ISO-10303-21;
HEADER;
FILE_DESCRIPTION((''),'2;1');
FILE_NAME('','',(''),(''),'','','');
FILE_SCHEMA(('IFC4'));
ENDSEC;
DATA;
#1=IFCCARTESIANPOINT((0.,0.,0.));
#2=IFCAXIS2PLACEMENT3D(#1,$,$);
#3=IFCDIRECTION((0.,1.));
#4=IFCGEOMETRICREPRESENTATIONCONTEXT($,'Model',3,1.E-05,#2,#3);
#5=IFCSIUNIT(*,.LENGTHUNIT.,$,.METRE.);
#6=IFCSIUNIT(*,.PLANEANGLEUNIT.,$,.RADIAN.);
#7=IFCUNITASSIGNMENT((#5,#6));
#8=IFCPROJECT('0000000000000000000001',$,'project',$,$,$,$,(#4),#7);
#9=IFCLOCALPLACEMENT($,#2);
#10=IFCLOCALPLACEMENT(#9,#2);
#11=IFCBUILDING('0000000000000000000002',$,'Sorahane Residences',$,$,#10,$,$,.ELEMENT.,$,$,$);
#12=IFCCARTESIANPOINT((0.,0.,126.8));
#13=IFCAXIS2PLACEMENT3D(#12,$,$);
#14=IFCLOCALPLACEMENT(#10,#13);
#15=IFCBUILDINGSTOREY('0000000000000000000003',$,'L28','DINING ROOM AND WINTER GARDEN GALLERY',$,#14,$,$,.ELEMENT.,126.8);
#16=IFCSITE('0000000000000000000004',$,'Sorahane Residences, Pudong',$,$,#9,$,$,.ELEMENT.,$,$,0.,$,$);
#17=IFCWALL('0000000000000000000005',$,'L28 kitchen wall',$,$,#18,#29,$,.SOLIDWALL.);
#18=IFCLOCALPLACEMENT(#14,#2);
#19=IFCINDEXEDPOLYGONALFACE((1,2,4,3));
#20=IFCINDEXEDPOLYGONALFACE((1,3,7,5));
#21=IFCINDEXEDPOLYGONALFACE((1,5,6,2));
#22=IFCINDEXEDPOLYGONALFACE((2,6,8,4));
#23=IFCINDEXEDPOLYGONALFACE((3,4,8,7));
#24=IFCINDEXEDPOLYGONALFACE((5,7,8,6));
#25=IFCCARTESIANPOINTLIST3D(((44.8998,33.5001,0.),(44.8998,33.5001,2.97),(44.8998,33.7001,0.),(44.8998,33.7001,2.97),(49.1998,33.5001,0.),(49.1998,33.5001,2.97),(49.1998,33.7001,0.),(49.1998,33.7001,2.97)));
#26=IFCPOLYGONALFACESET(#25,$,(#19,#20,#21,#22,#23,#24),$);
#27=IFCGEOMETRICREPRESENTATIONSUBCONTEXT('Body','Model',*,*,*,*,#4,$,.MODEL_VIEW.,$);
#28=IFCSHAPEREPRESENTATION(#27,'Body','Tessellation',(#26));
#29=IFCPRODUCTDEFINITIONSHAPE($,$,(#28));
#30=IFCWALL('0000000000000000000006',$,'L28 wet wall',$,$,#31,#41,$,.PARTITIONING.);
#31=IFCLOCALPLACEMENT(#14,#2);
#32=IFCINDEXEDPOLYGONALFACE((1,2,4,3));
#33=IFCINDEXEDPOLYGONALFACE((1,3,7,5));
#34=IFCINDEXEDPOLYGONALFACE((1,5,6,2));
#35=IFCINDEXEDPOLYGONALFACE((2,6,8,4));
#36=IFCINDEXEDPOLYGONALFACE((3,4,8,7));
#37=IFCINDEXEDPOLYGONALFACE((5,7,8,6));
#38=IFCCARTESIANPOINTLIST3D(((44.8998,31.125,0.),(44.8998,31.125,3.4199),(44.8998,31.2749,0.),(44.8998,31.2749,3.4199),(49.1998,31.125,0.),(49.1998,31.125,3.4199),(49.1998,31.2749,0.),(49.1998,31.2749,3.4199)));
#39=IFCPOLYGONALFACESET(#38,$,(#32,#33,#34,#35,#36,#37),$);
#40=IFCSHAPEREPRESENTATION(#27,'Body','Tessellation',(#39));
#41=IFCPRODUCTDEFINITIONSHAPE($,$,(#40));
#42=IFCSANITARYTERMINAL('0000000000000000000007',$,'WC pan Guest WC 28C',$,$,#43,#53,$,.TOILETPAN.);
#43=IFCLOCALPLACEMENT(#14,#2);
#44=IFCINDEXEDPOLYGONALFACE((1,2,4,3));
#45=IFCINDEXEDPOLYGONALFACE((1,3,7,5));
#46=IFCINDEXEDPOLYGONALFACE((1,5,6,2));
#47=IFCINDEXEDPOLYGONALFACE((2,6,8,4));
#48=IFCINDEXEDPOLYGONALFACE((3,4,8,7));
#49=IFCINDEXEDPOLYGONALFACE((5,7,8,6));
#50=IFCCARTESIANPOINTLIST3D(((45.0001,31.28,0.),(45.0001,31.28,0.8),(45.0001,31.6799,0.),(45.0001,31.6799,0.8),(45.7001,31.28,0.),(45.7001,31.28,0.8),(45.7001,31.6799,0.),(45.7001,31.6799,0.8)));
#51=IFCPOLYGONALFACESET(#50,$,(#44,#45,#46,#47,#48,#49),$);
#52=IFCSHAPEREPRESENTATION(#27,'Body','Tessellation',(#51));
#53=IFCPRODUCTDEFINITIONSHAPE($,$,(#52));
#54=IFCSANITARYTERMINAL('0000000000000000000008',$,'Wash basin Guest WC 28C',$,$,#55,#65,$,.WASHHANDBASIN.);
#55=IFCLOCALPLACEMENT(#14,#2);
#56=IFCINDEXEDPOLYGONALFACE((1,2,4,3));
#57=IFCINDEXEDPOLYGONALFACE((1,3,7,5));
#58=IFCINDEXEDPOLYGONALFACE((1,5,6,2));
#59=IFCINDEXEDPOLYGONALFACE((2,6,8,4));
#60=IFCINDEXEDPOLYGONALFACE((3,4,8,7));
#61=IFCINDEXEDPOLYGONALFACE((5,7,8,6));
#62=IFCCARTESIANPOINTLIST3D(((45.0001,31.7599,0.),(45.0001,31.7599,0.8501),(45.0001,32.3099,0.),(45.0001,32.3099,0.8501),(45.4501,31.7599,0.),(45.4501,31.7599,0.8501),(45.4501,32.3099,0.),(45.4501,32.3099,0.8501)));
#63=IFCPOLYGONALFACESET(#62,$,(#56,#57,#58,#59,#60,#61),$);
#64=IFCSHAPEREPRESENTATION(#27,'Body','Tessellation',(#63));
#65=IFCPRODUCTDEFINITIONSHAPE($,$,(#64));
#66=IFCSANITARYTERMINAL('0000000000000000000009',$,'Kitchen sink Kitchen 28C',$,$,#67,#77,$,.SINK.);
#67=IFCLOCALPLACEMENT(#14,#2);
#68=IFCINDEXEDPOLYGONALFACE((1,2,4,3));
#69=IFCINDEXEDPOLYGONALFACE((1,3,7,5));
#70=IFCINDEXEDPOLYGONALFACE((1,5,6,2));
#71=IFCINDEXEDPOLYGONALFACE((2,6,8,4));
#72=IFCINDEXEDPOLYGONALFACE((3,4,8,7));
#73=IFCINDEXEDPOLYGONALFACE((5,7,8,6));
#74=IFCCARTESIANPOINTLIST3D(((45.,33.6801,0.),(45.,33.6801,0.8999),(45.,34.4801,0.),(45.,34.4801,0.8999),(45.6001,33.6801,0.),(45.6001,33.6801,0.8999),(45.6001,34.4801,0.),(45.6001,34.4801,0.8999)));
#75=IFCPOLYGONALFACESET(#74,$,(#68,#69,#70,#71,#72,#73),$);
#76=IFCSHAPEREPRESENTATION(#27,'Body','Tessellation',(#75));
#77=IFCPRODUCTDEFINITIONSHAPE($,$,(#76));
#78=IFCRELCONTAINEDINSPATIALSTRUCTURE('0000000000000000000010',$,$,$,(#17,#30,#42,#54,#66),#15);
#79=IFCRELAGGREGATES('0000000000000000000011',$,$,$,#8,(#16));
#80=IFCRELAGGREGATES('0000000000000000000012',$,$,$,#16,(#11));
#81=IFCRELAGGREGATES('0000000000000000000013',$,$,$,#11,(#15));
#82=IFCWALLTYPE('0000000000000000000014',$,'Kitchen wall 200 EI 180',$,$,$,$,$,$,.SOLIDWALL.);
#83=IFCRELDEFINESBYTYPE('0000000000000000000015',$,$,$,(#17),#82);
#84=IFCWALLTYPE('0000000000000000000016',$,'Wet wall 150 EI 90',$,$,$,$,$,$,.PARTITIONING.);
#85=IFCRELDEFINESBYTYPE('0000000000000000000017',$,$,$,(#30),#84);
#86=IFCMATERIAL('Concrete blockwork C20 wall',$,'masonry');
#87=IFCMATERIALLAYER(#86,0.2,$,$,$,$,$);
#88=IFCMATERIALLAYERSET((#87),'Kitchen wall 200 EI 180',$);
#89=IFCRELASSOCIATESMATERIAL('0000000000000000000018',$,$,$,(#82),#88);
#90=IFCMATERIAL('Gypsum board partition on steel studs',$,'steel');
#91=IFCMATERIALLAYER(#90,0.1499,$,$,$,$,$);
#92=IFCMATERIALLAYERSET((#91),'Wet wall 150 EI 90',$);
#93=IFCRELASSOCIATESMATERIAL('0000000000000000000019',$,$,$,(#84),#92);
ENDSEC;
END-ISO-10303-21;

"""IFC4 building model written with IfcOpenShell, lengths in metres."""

from ifc_helpers import new_model, si_unit, direction, frame, frame_2d, origin, origin_2d, place, context, subcontext, project, spatial, rectangle, extrude, material, layer, layer_set, type_object, element, save


model = new_model("IFC4")

# Units and contexts
model_context = context("Model", 3, precision=1e-05, world=origin(), true_north=direction((0.0, 1.0)))
body_context = subcontext(model_context, "Body", "Model", "MODEL_VIEW")
ifc_project = project(units=[si_unit("LENGTHUNIT", "METRE"), si_unit("PLANEANGLEUNIT", "RADIAN")], contexts=[model_context])

# Site, building, storey
site_placement = place(None, origin())
site = spatial("IfcSite", under=ifc_project, at=site_placement, Name="Sorahane Residences, Pudong", CompositionType="ELEMENT", RefElevation=0.0)
building_placement = place(site_placement, origin())
building = spatial("IfcBuilding", under=site, at=building_placement, Name="Sorahane Residences", CompositionType="ELEMENT")
storey_placement = place(building_placement, frame((0.0, 0.0, 126.8)))
storey = spatial("IfcBuildingStorey", under=building, at=storey_placement, Name="L28", Description="DINING ROOM AND WINTER GARDEN GALLERY", CompositionType="ELEMENT", Elevation=126.8)

# Shared definitions
ifc_material_1 = material(Name="Concrete blockwork C20 wall", Category="masonry")
ifc_layer_1 = layer(ifc_material_1, 0.2)
ifc_layer_set_1 = layer_set([ifc_layer_1], Name="Kitchen wall 200 EI 180")
wall_type_1 = type_object("IfcWallType", Name="Kitchen wall 200 EI 180", PredefinedType="SOLIDWALL", material=ifc_layer_set_1)

# Wall
wall_1_placement = place(storey_placement, frame((44.8999, 33.6001, 0.0), z_axis=(0.0, 0.0, 1.0), x_axis=(1.0, 0.0, 0.0)))
element("IfcWall", 1, at=wall_1_placement, inside=storey, type_object=wall_type_1, Name="L28 kitchen wall", PredefinedType="SOLIDWALL", context=body_context, shape_type="SweptSolid", body=[
    extrude(rectangle(XDim=4.3, YDim=0.2, at=frame_2d((2.1499, 0.0))), origin(), (0.0, 0.0, 1.0), 2.97),
])

# Shared definitions
ifc_material_2 = material(Name="Gypsum board partition on steel studs", Category="steel")
ifc_layer_2 = layer(ifc_material_2, 0.1499)
ifc_layer_set_2 = layer_set([ifc_layer_2], Name="Wet wall 150 EI 90")
wall_type_2 = type_object("IfcWallType", Name="Wet wall 150 EI 90", PredefinedType="PARTITIONING", material=ifc_layer_set_2)

# Wall
wall_2_placement = place(storey_placement, frame((44.8999, 31.2, 0.0), z_axis=(0.0, 0.0, 1.0), x_axis=(1.0, 0.0, 0.0)))
element("IfcWall", 2, at=wall_2_placement, inside=storey, type_object=wall_type_2, Name="L28 wet wall", PredefinedType="PARTITIONING", context=body_context, shape_type="SweptSolid", body=[
    extrude(rectangle(XDim=4.3, YDim=0.1499, at=frame_2d((2.1499, 0.0))), origin(), (0.0, 0.0, 1.0), 3.4199),
])

# Sanitary terminals
sanitary_terminal_1_placement = place(storey_placement, frame((45.3501, 31.48, 0.0), z_axis=(0.0, 0.0, 1.0), x_axis=(0.0, 1.0, 0.0)))
element("IfcSanitaryTerminal", 3, at=sanitary_terminal_1_placement, inside=storey, Name="WC pan Guest WC 28C", PredefinedType="TOILETPAN", context=body_context, shape_type="SweptSolid", body=[
    extrude(rectangle(XDim=0.3999, YDim=0.7, at=origin_2d()), origin(), (0.0, 0.0, 1.0), 0.8),
])
sanitary_terminal_2_placement = place(storey_placement, frame((45.2251, 32.0349, 0.0), z_axis=(0.0, 0.0, 1.0), x_axis=(0.0, 1.0, 0.0)))
element("IfcSanitaryTerminal", 4, at=sanitary_terminal_2_placement, inside=storey, Name="Wash basin Guest WC 28C", PredefinedType="WASHHANDBASIN", context=body_context, shape_type="SweptSolid", body=[
    extrude(rectangle(XDim=0.55, YDim=0.45, at=origin_2d()), origin(), (0.0, 0.0, 1.0), 0.8501),
])
sanitary_terminal_3_placement = place(storey_placement, frame((45.3, 34.0801, 0.0), z_axis=(0.0, 0.0, 1.0), x_axis=(0.0, 1.0, 0.0)))
element("IfcSanitaryTerminal", 5, at=sanitary_terminal_3_placement, inside=storey, Name="Kitchen sink Kitchen 28C", PredefinedType="SINK", context=body_context, shape_type="SweptSolid", body=[
    extrude(rectangle(XDim=0.8, YDim=0.6001, at=origin_2d()), origin(), (0.0, 0.0, 1.0), 0.8999),
])

save(model, "model.ifc")
